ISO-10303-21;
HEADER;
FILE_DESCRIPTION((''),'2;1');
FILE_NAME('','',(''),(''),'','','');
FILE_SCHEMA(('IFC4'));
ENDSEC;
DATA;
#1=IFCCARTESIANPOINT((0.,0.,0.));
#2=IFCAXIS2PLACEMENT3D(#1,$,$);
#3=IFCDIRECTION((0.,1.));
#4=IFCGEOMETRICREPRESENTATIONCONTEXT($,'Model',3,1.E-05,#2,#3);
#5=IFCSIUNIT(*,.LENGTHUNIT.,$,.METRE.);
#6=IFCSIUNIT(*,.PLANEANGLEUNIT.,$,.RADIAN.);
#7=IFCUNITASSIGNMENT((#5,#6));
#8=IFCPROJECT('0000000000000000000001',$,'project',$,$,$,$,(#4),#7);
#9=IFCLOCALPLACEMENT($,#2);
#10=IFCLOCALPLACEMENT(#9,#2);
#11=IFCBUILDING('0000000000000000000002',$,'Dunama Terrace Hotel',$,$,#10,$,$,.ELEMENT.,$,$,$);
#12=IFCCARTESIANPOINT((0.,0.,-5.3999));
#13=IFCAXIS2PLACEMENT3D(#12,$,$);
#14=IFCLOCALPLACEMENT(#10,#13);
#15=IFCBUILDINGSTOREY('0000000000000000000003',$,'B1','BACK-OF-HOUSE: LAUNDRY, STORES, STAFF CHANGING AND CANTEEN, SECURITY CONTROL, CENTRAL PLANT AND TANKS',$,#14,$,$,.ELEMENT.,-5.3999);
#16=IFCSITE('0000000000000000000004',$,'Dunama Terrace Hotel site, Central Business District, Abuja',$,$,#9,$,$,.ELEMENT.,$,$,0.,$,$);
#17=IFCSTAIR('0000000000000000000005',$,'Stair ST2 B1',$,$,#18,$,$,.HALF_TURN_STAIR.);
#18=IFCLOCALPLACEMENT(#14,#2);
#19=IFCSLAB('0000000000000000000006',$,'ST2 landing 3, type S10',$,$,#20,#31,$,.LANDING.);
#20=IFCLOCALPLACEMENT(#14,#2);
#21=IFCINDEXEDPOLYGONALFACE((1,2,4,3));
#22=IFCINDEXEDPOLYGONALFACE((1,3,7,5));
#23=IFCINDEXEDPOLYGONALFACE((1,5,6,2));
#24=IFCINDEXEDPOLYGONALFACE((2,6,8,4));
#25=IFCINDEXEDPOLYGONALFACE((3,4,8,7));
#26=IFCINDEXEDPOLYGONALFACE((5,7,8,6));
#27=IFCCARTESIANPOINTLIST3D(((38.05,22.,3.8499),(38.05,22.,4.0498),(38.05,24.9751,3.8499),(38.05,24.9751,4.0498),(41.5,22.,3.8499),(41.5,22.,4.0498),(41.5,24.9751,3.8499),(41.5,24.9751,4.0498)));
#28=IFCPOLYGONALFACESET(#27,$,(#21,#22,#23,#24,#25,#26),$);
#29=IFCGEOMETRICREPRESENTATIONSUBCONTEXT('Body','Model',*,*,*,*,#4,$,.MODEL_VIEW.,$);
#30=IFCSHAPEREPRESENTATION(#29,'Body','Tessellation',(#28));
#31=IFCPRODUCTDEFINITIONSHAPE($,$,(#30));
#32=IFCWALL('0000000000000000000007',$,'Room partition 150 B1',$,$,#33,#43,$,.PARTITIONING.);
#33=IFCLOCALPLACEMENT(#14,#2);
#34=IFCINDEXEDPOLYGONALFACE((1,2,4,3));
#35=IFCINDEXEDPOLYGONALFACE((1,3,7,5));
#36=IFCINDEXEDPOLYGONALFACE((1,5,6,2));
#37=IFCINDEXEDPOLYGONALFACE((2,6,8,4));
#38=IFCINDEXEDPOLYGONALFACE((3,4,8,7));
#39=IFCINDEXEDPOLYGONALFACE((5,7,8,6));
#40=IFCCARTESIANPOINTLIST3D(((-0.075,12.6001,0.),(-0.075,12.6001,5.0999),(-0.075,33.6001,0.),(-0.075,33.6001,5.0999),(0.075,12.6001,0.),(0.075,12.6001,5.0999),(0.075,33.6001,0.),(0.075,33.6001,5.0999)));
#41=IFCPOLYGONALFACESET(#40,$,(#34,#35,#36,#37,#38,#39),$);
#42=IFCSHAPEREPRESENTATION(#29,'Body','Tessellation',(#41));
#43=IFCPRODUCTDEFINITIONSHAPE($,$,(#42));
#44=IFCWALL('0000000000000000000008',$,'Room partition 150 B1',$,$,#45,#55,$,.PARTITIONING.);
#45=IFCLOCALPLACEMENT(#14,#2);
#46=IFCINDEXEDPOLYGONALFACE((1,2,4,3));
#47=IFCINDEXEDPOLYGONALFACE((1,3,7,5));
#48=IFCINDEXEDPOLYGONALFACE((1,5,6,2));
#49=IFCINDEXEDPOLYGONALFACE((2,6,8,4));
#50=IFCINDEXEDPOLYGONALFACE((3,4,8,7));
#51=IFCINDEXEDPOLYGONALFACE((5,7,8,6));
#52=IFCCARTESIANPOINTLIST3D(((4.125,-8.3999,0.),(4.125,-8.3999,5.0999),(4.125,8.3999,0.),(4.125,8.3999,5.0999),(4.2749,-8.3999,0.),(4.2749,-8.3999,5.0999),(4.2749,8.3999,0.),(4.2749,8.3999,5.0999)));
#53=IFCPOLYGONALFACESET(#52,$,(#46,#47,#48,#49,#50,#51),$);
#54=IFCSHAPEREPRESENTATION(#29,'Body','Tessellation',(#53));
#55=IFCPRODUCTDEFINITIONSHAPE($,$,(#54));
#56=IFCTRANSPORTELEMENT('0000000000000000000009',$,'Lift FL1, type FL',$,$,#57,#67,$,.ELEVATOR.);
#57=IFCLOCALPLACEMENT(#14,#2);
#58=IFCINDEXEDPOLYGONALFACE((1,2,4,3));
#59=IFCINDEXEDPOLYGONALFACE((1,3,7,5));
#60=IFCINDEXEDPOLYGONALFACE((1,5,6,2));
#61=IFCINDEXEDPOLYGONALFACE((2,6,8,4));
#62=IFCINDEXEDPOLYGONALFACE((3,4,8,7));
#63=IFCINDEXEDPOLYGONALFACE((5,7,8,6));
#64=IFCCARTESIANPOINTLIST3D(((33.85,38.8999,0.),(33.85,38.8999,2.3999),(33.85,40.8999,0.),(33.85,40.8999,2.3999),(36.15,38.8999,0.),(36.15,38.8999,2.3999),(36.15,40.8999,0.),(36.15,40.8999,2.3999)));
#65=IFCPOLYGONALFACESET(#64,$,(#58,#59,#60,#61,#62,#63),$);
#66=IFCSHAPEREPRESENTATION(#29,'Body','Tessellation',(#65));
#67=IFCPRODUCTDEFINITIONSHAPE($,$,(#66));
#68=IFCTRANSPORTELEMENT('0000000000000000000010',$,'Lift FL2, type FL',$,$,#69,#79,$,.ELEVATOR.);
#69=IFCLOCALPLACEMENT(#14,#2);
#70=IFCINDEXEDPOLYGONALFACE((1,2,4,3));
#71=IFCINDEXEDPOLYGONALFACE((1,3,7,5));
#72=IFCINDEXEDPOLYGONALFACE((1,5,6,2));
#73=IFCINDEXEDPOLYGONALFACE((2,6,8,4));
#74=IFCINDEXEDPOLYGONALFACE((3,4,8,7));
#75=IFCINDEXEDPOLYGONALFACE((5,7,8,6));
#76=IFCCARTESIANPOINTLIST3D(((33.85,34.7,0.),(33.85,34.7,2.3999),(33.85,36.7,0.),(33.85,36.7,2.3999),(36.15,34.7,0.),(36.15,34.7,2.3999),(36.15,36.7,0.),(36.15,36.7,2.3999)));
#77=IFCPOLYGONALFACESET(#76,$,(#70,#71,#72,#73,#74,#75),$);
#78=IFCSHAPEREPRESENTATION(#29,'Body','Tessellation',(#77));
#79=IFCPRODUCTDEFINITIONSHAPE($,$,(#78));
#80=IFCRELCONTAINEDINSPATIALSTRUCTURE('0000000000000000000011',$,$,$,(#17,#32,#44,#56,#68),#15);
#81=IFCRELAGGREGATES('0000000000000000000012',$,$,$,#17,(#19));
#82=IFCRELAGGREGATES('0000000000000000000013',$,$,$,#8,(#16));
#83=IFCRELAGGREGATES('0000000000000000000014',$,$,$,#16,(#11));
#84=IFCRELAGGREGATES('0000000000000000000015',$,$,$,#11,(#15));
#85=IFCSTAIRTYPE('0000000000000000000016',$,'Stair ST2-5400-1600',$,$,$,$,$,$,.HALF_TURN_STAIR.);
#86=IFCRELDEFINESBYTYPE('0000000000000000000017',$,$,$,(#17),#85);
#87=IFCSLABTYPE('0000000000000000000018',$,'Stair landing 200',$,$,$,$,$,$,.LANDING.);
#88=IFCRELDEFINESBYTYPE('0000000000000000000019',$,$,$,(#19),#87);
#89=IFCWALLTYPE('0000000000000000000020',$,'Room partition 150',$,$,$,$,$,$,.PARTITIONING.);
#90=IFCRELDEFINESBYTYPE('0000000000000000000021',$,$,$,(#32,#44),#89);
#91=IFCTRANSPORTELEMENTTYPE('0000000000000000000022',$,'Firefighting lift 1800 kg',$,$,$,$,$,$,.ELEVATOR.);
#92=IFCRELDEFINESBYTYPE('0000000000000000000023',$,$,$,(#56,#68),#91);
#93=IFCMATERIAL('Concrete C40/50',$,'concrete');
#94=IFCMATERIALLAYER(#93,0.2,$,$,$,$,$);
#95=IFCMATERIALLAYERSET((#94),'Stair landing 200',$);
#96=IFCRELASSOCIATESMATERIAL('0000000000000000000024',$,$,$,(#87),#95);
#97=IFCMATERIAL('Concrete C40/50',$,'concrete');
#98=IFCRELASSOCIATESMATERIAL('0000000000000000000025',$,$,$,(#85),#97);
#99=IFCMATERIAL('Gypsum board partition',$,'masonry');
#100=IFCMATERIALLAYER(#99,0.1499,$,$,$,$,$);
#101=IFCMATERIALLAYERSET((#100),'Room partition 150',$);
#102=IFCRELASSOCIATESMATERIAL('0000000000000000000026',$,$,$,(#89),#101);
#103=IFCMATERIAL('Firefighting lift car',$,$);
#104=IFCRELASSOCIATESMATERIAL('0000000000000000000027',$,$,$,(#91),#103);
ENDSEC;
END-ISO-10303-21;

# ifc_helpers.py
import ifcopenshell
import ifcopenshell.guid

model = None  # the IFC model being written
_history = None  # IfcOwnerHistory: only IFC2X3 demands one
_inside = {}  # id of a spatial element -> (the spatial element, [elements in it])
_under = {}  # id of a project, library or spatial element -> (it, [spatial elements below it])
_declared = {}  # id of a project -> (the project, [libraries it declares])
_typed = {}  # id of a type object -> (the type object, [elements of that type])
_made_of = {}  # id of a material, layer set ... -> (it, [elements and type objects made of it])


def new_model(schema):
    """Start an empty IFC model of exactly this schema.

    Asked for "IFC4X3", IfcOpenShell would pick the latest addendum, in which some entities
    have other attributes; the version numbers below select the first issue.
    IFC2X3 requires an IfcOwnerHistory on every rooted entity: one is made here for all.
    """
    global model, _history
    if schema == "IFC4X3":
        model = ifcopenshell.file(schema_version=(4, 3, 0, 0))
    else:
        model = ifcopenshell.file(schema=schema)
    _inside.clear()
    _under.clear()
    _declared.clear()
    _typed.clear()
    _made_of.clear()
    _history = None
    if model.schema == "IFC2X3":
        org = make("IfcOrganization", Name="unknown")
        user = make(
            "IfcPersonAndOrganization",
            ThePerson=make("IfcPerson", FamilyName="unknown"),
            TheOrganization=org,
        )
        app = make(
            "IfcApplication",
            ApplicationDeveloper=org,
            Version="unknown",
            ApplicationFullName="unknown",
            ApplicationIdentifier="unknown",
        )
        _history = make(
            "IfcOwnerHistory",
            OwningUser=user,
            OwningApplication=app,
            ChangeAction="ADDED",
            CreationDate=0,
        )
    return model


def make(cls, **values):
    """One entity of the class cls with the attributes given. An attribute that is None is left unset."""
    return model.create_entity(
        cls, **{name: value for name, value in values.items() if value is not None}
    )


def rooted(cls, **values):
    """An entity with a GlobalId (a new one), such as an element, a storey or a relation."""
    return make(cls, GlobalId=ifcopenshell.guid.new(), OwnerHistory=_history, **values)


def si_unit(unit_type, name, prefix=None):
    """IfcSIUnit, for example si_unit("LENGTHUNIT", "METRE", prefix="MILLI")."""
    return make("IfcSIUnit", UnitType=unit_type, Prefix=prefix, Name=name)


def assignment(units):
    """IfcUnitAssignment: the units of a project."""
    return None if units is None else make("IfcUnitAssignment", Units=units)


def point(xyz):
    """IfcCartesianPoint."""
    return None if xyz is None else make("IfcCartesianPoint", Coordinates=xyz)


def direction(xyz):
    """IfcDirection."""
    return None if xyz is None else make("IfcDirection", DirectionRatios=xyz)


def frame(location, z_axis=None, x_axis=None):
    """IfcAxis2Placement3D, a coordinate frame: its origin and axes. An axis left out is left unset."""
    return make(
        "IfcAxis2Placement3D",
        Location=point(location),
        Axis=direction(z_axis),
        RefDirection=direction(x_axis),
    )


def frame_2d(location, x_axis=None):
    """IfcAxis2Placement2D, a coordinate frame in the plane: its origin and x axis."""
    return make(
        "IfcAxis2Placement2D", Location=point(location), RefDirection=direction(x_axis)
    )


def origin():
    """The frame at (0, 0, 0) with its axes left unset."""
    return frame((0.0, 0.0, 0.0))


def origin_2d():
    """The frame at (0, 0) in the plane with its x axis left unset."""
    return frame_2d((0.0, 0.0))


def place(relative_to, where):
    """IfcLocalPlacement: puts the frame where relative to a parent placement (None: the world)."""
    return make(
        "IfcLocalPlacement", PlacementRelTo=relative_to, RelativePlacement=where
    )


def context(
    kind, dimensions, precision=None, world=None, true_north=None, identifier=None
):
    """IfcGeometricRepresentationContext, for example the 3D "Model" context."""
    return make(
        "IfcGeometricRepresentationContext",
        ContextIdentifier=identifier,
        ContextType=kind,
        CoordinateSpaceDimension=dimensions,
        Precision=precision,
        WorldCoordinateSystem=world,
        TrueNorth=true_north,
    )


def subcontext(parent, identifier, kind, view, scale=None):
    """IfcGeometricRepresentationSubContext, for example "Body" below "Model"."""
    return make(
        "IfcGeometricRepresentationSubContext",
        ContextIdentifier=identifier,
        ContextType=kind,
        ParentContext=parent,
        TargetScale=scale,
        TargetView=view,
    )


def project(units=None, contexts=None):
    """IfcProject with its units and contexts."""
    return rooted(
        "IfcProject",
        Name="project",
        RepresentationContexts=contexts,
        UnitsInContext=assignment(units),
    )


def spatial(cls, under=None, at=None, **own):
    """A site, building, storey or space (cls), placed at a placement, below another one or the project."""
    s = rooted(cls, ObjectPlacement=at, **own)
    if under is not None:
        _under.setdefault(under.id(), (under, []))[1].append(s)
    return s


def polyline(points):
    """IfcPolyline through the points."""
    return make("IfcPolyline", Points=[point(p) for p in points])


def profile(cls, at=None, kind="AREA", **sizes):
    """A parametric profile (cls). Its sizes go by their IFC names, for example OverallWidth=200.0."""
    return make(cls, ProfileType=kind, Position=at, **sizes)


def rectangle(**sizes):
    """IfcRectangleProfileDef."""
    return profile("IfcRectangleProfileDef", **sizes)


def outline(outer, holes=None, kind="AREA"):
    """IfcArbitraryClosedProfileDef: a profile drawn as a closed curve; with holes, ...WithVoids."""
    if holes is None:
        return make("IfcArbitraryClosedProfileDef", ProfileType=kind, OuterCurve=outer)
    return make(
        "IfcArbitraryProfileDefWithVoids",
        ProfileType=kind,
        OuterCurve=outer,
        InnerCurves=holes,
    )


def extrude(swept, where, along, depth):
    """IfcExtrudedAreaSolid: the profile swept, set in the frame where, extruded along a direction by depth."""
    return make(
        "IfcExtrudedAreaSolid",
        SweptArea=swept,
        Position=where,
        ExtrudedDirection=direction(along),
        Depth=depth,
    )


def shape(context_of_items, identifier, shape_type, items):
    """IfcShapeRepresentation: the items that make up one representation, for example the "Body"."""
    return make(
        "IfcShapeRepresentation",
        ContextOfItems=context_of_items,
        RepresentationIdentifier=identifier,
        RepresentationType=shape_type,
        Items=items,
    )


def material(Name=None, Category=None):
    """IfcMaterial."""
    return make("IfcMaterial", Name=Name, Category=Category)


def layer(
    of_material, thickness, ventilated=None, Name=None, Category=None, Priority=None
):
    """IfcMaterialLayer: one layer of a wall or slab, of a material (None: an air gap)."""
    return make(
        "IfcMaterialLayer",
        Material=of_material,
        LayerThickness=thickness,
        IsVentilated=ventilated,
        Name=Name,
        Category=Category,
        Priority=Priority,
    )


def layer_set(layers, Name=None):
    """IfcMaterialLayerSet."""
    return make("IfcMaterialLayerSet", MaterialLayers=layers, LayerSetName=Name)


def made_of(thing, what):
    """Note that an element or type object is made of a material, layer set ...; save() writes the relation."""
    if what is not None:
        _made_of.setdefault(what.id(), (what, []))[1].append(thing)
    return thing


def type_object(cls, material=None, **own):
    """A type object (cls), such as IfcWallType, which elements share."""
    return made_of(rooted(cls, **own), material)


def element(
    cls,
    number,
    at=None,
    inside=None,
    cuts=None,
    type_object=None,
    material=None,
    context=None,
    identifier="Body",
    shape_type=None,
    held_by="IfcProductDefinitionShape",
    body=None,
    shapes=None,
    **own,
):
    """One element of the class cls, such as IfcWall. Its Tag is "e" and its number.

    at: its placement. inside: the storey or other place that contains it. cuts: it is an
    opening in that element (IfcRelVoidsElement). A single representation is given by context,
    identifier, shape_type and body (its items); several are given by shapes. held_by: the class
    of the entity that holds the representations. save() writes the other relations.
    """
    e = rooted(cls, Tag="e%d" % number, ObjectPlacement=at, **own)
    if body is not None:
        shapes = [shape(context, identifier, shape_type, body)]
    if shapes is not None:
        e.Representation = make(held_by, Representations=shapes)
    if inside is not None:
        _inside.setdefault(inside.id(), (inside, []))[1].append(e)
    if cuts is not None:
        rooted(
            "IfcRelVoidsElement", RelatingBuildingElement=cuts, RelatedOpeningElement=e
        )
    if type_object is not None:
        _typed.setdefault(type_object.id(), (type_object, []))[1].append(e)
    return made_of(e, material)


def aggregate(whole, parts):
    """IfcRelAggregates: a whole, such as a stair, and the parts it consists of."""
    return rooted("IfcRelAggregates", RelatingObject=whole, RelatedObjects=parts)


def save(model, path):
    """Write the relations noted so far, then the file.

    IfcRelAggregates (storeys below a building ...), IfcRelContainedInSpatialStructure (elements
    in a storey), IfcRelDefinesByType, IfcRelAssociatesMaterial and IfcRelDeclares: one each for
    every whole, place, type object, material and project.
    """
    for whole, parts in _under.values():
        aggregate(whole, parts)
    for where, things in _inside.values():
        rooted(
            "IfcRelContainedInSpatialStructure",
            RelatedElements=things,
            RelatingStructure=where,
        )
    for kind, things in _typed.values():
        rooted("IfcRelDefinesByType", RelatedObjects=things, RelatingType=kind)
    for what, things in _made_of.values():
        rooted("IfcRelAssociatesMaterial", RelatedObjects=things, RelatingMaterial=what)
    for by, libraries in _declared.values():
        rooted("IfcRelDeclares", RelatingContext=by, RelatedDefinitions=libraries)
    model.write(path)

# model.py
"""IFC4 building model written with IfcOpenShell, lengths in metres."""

from ifc_helpers import new_model, si_unit, direction, frame, frame_2d, origin, origin_2d, place, context, subcontext, project, spatial, polyline, rectangle, outline, extrude, material, layer, layer_set, type_object, element, aggregate, save


model = new_model("IFC4")

# Units and contexts
model_context = context("Model", 3, precision=1e-05, world=origin(), true_north=direction((0.0, 1.0)))
body_context = subcontext(model_context, "Body", "Model", "MODEL_VIEW")
ifc_project = project(units=[si_unit("LENGTHUNIT", "METRE"), si_unit("PLANEANGLEUNIT", "RADIAN")], contexts=[model_context])

# Site, building, storey
site_placement = place(None, origin())
site = spatial("IfcSite", under=ifc_project, at=site_placement, Name="Dunama Terrace Hotel site, Central Business District, Abuja", CompositionType="ELEMENT", RefElevation=0.0)
building_placement = place(site_placement, origin())
building = spatial("IfcBuilding", under=site, at=building_placement, Name="Dunama Terrace Hotel", CompositionType="ELEMENT")
storey_placement = place(building_placement, frame((0.0, 0.0, -5.3999)))
storey = spatial("IfcBuildingStorey", under=building, at=storey_placement, Name="B1", Description="BACK-OF-HOUSE: LAUNDRY, STORES, STAFF CHANGING AND CANTEEN, SECURITY CONTROL, CENTRAL PLANT AND TANKS", CompositionType="ELEMENT", Elevation=-5.3999)

# Stair, slab
ifc_material_1 = material(Name="Concrete C40/50", Category="concrete")
ifc_layer_1 = layer(ifc_material_1, 0.2)
ifc_layer_set_1 = layer_set([ifc_layer_1], Name="Stair landing 200")
slab_type = type_object("IfcSlabType", Name="Stair landing 200", PredefinedType="LANDING", material=ifc_layer_set_1)
ifc_material_2 = material(Name="Concrete C40/50", Category="concrete")
stair_type_1 = type_object("IfcStairType", Name="Stair ST2-5400-1600", PredefinedType="HALF_TURN_STAIR", material=ifc_material_2)
stair_1_placement = place(storey_placement, origin())
stair_1 = element("IfcStair", 1, at=stair_1_placement, inside=storey, type_object=stair_type_1, Name="Stair ST2 B1", PredefinedType="HALF_TURN_STAIR")
slab_1_placement = place(storey_placement, frame((0.0, 0.0, 3.8499)))
slab_1 = element("IfcSlab", 2, at=slab_1_placement, type_object=slab_type, Name="ST2 landing 3, type S10", PredefinedType="LANDING", context=body_context, shape_type="SweptSolid", body=[
    extrude(outline(polyline([(38.05, 22.0), (41.5, 22.0), (41.5, 24.9751), (38.05, 24.9751), (38.05, 22.0)])), origin(), (0.0, 0.0, 1.0), 0.2),
])
aggregate(stair_1, [slab_1])

# Walls
ifc_material_3 = material(Name="Gypsum board partition", Category="masonry")
ifc_layer_2 = layer(ifc_material_3, 0.1499)
ifc_layer_set_2 = layer_set([ifc_layer_2], Name="Room partition 150")
wall_type = type_object("IfcWallType", Name="Room partition 150", PredefinedType="PARTITIONING", material=ifc_layer_set_2)
wall_1_placement = place(storey_placement, frame((0.0, 12.6001, 0.0), z_axis=(0.0, 0.0, 1.0), x_axis=(0.0, 1.0, 0.0)))
element("IfcWall", 3, at=wall_1_placement, inside=storey, type_object=wall_type, Name="Room partition 150 B1", PredefinedType="PARTITIONING", context=body_context, shape_type="SweptSolid", body=[
    extrude(rectangle(XDim=21.0, YDim=0.1499, at=frame_2d((10.5, 0.0))), origin(), (0.0, 0.0, 1.0), 5.0999),
])
wall_2_placement = place(storey_placement, frame((4.2, -8.3999, 0.0), z_axis=(0.0, 0.0, 1.0), x_axis=(0.0, 1.0, 0.0)))
element("IfcWall", 4, at=wall_2_placement, inside=storey, type_object=wall_type, Name="Room partition 150 B1", PredefinedType="PARTITIONING", context=body_context, shape_type="SweptSolid", body=[
    extrude(rectangle(XDim=16.7998, YDim=0.1499, at=frame_2d((8.3999, 0.0))), origin(), (0.0, 0.0, 1.0), 5.0999),
])

# Transport elements
ifc_material_4 = material(Name="Firefighting lift car")
transport_element_type = type_object("IfcTransportElementType", Name="Firefighting lift 1800 kg", PredefinedType="ELEVATOR", material=ifc_material_4)
transport_element_1_placement = place(storey_placement, origin())
element("IfcTransportElement", 5, at=transport_element_1_placement, inside=storey, type_object=transport_element_type, Name="Lift FL1, type FL", PredefinedType="ELEVATOR", context=body_context, shape_type="SweptSolid", body=[
    extrude(rectangle(XDim=2.3, YDim=2.0, at=origin_2d()), frame((35.0, 39.8999, 0.0), z_axis=(0.0, 0.0, 1.0), x_axis=(1.0, 0.0, 0.0)), (0.0, 0.0, 1.0), 2.3999),
])
transport_element_2_placement = place(storey_placement, origin())
element("IfcTransportElement", 6, at=transport_element_2_placement, inside=storey, type_object=transport_element_type, Name="Lift FL2, type FL", PredefinedType="ELEVATOR", context=body_context, shape_type="SweptSolid", body=[
    extrude(rectangle(XDim=2.3, YDim=2.0, at=origin_2d()), frame((35.0, 35.7, 0.0), z_axis=(0.0, 0.0, 1.0), x_axis=(1.0, 0.0, 0.0)), (0.0, 0.0, 1.0), 2.3999),
])

save(model, "model.ifc")
